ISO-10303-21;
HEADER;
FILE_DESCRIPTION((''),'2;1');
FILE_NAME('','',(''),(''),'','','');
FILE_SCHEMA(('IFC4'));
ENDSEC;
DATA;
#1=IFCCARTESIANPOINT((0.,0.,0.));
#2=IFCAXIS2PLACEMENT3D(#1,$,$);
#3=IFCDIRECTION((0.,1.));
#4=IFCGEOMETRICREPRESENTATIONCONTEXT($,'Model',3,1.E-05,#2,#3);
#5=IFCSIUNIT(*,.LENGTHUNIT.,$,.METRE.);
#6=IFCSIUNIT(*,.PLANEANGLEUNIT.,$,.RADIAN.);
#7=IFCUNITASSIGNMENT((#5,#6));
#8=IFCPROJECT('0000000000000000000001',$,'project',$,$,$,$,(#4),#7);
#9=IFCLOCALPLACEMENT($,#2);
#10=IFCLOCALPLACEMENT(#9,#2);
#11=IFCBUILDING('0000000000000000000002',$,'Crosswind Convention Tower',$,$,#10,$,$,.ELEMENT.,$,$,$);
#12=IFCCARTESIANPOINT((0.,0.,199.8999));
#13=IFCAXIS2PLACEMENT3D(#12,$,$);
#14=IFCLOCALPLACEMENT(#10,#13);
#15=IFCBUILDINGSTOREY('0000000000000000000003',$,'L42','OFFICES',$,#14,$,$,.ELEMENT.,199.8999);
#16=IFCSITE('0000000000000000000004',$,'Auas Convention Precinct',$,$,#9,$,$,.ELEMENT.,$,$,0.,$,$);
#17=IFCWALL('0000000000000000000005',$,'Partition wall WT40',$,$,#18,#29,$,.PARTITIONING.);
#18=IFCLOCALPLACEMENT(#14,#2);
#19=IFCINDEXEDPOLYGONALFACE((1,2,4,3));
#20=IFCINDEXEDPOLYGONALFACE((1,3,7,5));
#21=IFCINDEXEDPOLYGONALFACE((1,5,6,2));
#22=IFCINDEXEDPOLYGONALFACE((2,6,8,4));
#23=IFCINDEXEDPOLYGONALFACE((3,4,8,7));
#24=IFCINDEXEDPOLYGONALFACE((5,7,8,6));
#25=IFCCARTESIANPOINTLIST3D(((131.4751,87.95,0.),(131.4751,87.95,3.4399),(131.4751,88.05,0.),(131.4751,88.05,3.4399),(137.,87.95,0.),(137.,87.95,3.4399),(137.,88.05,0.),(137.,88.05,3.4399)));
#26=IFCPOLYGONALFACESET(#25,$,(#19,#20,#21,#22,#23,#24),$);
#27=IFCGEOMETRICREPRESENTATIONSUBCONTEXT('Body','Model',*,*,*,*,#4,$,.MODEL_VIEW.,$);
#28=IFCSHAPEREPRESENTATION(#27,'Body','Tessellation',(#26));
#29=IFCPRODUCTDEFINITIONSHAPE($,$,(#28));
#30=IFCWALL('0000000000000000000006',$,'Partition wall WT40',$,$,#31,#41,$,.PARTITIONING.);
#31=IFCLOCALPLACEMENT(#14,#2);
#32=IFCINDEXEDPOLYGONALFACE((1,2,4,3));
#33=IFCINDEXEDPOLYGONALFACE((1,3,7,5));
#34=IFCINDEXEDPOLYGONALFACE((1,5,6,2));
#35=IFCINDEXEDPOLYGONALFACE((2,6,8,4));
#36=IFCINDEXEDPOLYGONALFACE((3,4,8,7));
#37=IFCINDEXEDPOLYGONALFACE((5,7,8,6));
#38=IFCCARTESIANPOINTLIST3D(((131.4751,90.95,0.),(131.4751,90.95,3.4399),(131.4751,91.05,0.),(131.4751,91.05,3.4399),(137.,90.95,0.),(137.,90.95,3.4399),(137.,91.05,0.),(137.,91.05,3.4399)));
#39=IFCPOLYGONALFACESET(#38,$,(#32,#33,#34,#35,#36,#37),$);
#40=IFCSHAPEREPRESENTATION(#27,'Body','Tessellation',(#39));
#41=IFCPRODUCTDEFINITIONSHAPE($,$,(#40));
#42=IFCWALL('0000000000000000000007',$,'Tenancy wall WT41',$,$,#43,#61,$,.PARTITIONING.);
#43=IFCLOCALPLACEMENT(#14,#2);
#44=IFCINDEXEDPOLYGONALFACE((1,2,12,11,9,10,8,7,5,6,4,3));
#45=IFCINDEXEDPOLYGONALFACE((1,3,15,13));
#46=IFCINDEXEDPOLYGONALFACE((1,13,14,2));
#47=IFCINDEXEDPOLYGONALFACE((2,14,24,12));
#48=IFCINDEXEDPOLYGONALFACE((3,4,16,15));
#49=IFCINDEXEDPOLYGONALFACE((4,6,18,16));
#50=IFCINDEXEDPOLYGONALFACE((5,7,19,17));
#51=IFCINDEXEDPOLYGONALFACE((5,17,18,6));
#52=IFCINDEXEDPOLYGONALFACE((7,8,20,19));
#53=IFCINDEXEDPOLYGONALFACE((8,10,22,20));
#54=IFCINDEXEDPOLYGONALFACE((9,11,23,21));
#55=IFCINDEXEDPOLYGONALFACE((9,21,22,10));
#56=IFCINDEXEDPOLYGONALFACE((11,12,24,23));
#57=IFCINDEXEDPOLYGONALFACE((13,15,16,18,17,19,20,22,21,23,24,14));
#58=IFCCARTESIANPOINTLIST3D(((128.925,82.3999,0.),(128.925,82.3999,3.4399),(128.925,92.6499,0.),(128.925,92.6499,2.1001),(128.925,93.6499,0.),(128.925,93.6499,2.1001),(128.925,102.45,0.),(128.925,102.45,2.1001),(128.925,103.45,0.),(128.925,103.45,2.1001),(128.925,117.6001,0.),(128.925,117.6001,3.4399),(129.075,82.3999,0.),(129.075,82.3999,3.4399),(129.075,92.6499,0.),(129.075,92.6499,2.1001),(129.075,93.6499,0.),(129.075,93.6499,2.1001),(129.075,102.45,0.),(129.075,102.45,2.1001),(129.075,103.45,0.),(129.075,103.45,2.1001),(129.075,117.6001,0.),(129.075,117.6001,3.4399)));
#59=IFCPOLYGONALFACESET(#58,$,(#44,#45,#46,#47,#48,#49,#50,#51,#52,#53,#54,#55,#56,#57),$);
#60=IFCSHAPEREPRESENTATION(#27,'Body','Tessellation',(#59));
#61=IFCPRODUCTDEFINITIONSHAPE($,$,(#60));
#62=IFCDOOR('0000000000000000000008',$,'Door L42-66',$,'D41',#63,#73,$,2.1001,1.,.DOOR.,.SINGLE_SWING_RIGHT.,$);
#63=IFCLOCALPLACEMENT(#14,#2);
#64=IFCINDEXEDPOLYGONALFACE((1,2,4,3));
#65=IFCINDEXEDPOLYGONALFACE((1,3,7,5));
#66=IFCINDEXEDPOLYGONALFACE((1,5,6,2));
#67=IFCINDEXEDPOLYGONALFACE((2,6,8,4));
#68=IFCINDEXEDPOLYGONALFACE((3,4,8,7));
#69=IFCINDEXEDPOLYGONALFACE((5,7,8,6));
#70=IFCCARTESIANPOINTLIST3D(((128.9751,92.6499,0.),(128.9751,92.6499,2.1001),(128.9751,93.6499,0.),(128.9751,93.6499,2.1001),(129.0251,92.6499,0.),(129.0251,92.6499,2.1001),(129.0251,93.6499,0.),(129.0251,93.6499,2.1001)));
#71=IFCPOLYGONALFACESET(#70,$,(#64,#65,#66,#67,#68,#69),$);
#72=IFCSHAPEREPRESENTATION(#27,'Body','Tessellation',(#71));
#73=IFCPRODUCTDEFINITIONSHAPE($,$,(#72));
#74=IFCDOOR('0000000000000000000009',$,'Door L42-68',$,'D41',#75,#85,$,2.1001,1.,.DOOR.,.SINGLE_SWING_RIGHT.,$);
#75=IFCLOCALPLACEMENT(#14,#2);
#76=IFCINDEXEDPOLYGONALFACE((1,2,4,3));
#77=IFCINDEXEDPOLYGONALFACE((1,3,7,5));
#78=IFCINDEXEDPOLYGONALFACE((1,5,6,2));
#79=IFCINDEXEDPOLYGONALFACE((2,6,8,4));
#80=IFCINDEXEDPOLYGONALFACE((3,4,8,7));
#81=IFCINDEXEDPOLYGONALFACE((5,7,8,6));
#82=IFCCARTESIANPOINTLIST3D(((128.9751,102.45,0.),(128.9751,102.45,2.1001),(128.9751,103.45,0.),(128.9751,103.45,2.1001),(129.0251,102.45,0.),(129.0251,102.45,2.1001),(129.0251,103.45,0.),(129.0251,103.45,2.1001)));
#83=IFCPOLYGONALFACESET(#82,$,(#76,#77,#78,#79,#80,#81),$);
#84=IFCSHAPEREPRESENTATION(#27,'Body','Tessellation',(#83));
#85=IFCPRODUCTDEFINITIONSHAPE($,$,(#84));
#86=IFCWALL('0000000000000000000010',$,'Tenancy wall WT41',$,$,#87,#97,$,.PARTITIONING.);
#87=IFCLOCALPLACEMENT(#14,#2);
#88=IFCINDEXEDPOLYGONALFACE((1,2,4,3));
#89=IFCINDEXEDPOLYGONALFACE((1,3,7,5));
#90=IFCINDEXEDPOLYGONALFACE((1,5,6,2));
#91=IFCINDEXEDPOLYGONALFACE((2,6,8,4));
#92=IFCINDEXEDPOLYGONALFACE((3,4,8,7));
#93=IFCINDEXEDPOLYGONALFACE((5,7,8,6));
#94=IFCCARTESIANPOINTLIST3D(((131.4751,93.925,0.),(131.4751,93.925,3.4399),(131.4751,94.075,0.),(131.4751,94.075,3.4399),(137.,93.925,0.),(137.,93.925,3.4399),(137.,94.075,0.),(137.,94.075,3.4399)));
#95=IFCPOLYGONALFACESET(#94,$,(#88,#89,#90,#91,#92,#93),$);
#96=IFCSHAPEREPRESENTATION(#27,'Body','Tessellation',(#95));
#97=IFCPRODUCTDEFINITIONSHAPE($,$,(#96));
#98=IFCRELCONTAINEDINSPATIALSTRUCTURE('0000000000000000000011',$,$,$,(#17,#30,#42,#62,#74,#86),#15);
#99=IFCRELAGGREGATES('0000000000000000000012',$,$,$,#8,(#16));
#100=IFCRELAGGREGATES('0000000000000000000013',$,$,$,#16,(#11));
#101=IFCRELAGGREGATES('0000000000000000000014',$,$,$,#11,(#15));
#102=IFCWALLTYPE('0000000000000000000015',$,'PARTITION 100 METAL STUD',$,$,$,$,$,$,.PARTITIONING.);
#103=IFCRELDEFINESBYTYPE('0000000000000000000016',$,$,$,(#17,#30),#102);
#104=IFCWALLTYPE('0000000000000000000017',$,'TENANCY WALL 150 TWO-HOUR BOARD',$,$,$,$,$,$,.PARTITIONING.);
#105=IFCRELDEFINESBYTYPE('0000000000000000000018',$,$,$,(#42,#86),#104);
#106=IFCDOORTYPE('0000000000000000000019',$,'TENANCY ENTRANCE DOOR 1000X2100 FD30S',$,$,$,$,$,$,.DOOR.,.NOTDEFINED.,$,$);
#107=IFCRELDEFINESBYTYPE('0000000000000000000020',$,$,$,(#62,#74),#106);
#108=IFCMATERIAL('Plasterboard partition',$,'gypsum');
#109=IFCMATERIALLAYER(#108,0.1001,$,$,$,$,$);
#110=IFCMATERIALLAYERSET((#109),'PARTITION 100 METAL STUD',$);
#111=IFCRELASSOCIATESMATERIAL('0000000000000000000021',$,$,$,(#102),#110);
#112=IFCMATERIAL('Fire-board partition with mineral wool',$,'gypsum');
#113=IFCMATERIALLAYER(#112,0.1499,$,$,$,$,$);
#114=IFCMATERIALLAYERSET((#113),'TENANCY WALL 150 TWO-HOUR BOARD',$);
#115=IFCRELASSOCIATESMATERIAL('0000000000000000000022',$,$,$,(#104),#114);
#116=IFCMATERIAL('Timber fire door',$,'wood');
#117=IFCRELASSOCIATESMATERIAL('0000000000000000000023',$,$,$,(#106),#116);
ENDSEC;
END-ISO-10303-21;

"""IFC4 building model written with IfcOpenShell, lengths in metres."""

from ifc_helpers import new_model, si_unit, direction, frame, frame_2d, origin, place, context, subcontext, project, spatial, rectangle, extrude, material, layer, layer_set, type_object, element, fill, save


model = new_model("IFC4")

# Units and contexts
model_context = context("Model", 3, precision=1e-05, world=origin(), true_north=direction((0.0, 1.0)))
body_context = subcontext(model_context, "Body", "Model", "MODEL_VIEW")
ifc_project = project(units=[si_unit("LENGTHUNIT", "METRE"), si_unit("PLANEANGLEUNIT", "RADIAN")], contexts=[model_context])

# Site, building, storey
site_placement = place(None, origin())
site = spatial("IfcSite", under=ifc_project, at=site_placement, Name="Auas Convention Precinct", CompositionType="ELEMENT", RefElevation=0.0)
building_placement = place(site_placement, origin())
building = spatial("IfcBuilding", under=site, at=building_placement, Name="Crosswind Convention Tower", CompositionType="ELEMENT")
storey_placement = place(building_placement, frame((0.0, 0.0, 199.8999)))
storey = spatial("IfcBuildingStorey", under=building, at=storey_placement, Name="L42", Description="OFFICES", CompositionType="ELEMENT", Elevation=199.8999)

# Walls
ifc_material_1 = material(Name="Plasterboard partition", Category="gypsum")
ifc_layer_1 = layer(ifc_material_1, 0.1001)
ifc_layer_set_1 = layer_set([ifc_layer_1], Name="PARTITION 100 METAL STUD")
wall_type_1 = type_object("IfcWallType", Name="PARTITION 100 METAL STUD", PredefinedType="PARTITIONING", material=ifc_layer_set_1)
for number, where, z_axis, x_axis, name in (
    (1, (131.4751, 88.0, 0.0), (0.0, 0.0, 1.0), (1.0, 0.0, 0.0), "Partition wall WT40"),
    (2, (131.4751, 91.0, 0.0), (0.0, 0.0, 1.0), (1.0, 0.0, 0.0), "Partition wall WT40"),
):
    element("IfcWall", number, at=place(storey_placement, frame(where, z_axis=z_axis, x_axis=x_axis)), inside=storey, type_object=wall_type_1, Name=name, PredefinedType="PARTITIONING", context=body_context, shape_type="SweptSolid", body=[
        extrude(rectangle(XDim=5.5249, YDim=0.1001, at=frame_2d((2.7625, 0.0))), origin(), (0.0, 0.0, 1.0), 3.4399),
    ])

# Wall, openings, doors
ifc_material_2 = material(Name="Fire-board partition with mineral wool", Category="gypsum")
ifc_layer_2 = layer(ifc_material_2, 0.1499)
ifc_layer_set_2 = layer_set([ifc_layer_2], Name="TENANCY WALL 150 TWO-HOUR BOARD")
wall_type_2 = type_object("IfcWallType", Name="TENANCY WALL 150 TWO-HOUR BOARD", PredefinedType="PARTITIONING", material=ifc_layer_set_2)
wall_1_placement = place(storey_placement, frame((129.0, 82.3999, 0.0), z_axis=(0.0, 0.0, 1.0), x_axis=(0.0, 1.0, 0.0)))
wall_1 = element("IfcWall", 3, at=wall_1_placement, inside=storey, type_object=wall_type_2, Name="Tenancy wall WT41", PredefinedType="PARTITIONING", context=body_context, shape_type="SweptSolid", body=[
    extrude(rectangle(XDim=35.2002, YDim=0.1499, at=frame_2d((17.6001, 0.0))), origin(), (0.0, 0.0, 1.0), 3.4399),
])
opening_1_placement = place(wall_1_placement, frame((10.25, 0.0, 0.0)))
opening_1 = element("IfcOpeningElement", 4, at=opening_1_placement, cuts=wall_1, PredefinedType="OPENING", context=body_context, shape_type="SweptSolid", body=[
    extrude(rectangle(XDim=1.0, YDim=2.1001, at=frame_2d((0.5, 1.05))), frame((0.0, 0.085, 0.0), z_axis=(0.0, -1.0, 0.0), x_axis=(1.0, 0.0, 0.0)), (0.0, 0.0, 1.0), 0.1699),
])
opening_2_placement = place(wall_1_placement, frame((20.05, 0.0, 0.0)))
opening_2 = element("IfcOpeningElement", 5, at=opening_2_placement, cuts=wall_1, PredefinedType="OPENING", context=body_context, shape_type="SweptSolid", body=[
    extrude(rectangle(XDim=1.0, YDim=2.1001, at=frame_2d((0.5, 1.05))), frame((0.0, 0.085, 0.0), z_axis=(0.0, -1.0, 0.0), x_axis=(1.0, 0.0, 0.0)), (0.0, 0.0, 1.0), 0.1699),
])
ifc_material_3 = material(Name="Timber fire door", Category="wood")
door_type = type_object("IfcDoorType", Name="TENANCY ENTRANCE DOOR 1000X2100 FD30S", OperationType="NOTDEFINED", PredefinedType="DOOR", material=ifc_material_3)
door_1_placement = place(opening_1_placement, origin())
door_1 = element("IfcDoor", 6, at=door_1_placement, inside=storey, type_object=door_type, Name="Door L42-66", ObjectType="D41", OperationType="SINGLE_SWING_RIGHT", OverallHeight=2.1001, OverallWidth=1.0, PredefinedType="DOOR", context=body_context, shape_type="SweptSolid", body=[
    extrude(rectangle(XDim=1.0, YDim=2.1001, at=frame_2d((0.5, 1.05))), frame((0.0, 0.0249, 0.0), z_axis=(0.0, -1.0, 0.0), x_axis=(1.0, 0.0, 0.0)), (0.0, 0.0, 1.0), 0.05),
])
fill(opening_1, door_1)
door_2_placement = place(opening_2_placement, origin())
door_2 = element("IfcDoor", 7, at=door_2_placement, inside=storey, type_object=door_type, Name="Door L42-68", ObjectType="D41", OperationType="SINGLE_SWING_RIGHT", OverallHeight=2.1001, OverallWidth=1.0, PredefinedType="DOOR", context=body_context, shape_type="SweptSolid", body=[
    extrude(rectangle(XDim=1.0, YDim=2.1001, at=frame_2d((0.5, 1.05))), frame((0.0, 0.0249, 0.0), z_axis=(0.0, -1.0, 0.0), x_axis=(1.0, 0.0, 0.0)), (0.0, 0.0, 1.0), 0.05),
])
fill(opening_2, door_2)

# Wall
wall_2_placement = place(storey_placement, frame((131.4751, 94.0, 0.0), z_axis=(0.0, 0.0, 1.0), x_axis=(1.0, 0.0, 0.0)))
element("IfcWall", 8, at=wall_2_placement, inside=storey, type_object=wall_type_2, Name="Tenancy wall WT41", PredefinedType="PARTITIONING", context=body_context, shape_type="SweptSolid", body=[
    extrude(rectangle(XDim=5.5249, YDim=0.1499, at=frame_2d((2.7625, 0.0))), origin(), (0.0, 0.0, 1.0), 3.4399),
])

save(model, "model.ifc")
